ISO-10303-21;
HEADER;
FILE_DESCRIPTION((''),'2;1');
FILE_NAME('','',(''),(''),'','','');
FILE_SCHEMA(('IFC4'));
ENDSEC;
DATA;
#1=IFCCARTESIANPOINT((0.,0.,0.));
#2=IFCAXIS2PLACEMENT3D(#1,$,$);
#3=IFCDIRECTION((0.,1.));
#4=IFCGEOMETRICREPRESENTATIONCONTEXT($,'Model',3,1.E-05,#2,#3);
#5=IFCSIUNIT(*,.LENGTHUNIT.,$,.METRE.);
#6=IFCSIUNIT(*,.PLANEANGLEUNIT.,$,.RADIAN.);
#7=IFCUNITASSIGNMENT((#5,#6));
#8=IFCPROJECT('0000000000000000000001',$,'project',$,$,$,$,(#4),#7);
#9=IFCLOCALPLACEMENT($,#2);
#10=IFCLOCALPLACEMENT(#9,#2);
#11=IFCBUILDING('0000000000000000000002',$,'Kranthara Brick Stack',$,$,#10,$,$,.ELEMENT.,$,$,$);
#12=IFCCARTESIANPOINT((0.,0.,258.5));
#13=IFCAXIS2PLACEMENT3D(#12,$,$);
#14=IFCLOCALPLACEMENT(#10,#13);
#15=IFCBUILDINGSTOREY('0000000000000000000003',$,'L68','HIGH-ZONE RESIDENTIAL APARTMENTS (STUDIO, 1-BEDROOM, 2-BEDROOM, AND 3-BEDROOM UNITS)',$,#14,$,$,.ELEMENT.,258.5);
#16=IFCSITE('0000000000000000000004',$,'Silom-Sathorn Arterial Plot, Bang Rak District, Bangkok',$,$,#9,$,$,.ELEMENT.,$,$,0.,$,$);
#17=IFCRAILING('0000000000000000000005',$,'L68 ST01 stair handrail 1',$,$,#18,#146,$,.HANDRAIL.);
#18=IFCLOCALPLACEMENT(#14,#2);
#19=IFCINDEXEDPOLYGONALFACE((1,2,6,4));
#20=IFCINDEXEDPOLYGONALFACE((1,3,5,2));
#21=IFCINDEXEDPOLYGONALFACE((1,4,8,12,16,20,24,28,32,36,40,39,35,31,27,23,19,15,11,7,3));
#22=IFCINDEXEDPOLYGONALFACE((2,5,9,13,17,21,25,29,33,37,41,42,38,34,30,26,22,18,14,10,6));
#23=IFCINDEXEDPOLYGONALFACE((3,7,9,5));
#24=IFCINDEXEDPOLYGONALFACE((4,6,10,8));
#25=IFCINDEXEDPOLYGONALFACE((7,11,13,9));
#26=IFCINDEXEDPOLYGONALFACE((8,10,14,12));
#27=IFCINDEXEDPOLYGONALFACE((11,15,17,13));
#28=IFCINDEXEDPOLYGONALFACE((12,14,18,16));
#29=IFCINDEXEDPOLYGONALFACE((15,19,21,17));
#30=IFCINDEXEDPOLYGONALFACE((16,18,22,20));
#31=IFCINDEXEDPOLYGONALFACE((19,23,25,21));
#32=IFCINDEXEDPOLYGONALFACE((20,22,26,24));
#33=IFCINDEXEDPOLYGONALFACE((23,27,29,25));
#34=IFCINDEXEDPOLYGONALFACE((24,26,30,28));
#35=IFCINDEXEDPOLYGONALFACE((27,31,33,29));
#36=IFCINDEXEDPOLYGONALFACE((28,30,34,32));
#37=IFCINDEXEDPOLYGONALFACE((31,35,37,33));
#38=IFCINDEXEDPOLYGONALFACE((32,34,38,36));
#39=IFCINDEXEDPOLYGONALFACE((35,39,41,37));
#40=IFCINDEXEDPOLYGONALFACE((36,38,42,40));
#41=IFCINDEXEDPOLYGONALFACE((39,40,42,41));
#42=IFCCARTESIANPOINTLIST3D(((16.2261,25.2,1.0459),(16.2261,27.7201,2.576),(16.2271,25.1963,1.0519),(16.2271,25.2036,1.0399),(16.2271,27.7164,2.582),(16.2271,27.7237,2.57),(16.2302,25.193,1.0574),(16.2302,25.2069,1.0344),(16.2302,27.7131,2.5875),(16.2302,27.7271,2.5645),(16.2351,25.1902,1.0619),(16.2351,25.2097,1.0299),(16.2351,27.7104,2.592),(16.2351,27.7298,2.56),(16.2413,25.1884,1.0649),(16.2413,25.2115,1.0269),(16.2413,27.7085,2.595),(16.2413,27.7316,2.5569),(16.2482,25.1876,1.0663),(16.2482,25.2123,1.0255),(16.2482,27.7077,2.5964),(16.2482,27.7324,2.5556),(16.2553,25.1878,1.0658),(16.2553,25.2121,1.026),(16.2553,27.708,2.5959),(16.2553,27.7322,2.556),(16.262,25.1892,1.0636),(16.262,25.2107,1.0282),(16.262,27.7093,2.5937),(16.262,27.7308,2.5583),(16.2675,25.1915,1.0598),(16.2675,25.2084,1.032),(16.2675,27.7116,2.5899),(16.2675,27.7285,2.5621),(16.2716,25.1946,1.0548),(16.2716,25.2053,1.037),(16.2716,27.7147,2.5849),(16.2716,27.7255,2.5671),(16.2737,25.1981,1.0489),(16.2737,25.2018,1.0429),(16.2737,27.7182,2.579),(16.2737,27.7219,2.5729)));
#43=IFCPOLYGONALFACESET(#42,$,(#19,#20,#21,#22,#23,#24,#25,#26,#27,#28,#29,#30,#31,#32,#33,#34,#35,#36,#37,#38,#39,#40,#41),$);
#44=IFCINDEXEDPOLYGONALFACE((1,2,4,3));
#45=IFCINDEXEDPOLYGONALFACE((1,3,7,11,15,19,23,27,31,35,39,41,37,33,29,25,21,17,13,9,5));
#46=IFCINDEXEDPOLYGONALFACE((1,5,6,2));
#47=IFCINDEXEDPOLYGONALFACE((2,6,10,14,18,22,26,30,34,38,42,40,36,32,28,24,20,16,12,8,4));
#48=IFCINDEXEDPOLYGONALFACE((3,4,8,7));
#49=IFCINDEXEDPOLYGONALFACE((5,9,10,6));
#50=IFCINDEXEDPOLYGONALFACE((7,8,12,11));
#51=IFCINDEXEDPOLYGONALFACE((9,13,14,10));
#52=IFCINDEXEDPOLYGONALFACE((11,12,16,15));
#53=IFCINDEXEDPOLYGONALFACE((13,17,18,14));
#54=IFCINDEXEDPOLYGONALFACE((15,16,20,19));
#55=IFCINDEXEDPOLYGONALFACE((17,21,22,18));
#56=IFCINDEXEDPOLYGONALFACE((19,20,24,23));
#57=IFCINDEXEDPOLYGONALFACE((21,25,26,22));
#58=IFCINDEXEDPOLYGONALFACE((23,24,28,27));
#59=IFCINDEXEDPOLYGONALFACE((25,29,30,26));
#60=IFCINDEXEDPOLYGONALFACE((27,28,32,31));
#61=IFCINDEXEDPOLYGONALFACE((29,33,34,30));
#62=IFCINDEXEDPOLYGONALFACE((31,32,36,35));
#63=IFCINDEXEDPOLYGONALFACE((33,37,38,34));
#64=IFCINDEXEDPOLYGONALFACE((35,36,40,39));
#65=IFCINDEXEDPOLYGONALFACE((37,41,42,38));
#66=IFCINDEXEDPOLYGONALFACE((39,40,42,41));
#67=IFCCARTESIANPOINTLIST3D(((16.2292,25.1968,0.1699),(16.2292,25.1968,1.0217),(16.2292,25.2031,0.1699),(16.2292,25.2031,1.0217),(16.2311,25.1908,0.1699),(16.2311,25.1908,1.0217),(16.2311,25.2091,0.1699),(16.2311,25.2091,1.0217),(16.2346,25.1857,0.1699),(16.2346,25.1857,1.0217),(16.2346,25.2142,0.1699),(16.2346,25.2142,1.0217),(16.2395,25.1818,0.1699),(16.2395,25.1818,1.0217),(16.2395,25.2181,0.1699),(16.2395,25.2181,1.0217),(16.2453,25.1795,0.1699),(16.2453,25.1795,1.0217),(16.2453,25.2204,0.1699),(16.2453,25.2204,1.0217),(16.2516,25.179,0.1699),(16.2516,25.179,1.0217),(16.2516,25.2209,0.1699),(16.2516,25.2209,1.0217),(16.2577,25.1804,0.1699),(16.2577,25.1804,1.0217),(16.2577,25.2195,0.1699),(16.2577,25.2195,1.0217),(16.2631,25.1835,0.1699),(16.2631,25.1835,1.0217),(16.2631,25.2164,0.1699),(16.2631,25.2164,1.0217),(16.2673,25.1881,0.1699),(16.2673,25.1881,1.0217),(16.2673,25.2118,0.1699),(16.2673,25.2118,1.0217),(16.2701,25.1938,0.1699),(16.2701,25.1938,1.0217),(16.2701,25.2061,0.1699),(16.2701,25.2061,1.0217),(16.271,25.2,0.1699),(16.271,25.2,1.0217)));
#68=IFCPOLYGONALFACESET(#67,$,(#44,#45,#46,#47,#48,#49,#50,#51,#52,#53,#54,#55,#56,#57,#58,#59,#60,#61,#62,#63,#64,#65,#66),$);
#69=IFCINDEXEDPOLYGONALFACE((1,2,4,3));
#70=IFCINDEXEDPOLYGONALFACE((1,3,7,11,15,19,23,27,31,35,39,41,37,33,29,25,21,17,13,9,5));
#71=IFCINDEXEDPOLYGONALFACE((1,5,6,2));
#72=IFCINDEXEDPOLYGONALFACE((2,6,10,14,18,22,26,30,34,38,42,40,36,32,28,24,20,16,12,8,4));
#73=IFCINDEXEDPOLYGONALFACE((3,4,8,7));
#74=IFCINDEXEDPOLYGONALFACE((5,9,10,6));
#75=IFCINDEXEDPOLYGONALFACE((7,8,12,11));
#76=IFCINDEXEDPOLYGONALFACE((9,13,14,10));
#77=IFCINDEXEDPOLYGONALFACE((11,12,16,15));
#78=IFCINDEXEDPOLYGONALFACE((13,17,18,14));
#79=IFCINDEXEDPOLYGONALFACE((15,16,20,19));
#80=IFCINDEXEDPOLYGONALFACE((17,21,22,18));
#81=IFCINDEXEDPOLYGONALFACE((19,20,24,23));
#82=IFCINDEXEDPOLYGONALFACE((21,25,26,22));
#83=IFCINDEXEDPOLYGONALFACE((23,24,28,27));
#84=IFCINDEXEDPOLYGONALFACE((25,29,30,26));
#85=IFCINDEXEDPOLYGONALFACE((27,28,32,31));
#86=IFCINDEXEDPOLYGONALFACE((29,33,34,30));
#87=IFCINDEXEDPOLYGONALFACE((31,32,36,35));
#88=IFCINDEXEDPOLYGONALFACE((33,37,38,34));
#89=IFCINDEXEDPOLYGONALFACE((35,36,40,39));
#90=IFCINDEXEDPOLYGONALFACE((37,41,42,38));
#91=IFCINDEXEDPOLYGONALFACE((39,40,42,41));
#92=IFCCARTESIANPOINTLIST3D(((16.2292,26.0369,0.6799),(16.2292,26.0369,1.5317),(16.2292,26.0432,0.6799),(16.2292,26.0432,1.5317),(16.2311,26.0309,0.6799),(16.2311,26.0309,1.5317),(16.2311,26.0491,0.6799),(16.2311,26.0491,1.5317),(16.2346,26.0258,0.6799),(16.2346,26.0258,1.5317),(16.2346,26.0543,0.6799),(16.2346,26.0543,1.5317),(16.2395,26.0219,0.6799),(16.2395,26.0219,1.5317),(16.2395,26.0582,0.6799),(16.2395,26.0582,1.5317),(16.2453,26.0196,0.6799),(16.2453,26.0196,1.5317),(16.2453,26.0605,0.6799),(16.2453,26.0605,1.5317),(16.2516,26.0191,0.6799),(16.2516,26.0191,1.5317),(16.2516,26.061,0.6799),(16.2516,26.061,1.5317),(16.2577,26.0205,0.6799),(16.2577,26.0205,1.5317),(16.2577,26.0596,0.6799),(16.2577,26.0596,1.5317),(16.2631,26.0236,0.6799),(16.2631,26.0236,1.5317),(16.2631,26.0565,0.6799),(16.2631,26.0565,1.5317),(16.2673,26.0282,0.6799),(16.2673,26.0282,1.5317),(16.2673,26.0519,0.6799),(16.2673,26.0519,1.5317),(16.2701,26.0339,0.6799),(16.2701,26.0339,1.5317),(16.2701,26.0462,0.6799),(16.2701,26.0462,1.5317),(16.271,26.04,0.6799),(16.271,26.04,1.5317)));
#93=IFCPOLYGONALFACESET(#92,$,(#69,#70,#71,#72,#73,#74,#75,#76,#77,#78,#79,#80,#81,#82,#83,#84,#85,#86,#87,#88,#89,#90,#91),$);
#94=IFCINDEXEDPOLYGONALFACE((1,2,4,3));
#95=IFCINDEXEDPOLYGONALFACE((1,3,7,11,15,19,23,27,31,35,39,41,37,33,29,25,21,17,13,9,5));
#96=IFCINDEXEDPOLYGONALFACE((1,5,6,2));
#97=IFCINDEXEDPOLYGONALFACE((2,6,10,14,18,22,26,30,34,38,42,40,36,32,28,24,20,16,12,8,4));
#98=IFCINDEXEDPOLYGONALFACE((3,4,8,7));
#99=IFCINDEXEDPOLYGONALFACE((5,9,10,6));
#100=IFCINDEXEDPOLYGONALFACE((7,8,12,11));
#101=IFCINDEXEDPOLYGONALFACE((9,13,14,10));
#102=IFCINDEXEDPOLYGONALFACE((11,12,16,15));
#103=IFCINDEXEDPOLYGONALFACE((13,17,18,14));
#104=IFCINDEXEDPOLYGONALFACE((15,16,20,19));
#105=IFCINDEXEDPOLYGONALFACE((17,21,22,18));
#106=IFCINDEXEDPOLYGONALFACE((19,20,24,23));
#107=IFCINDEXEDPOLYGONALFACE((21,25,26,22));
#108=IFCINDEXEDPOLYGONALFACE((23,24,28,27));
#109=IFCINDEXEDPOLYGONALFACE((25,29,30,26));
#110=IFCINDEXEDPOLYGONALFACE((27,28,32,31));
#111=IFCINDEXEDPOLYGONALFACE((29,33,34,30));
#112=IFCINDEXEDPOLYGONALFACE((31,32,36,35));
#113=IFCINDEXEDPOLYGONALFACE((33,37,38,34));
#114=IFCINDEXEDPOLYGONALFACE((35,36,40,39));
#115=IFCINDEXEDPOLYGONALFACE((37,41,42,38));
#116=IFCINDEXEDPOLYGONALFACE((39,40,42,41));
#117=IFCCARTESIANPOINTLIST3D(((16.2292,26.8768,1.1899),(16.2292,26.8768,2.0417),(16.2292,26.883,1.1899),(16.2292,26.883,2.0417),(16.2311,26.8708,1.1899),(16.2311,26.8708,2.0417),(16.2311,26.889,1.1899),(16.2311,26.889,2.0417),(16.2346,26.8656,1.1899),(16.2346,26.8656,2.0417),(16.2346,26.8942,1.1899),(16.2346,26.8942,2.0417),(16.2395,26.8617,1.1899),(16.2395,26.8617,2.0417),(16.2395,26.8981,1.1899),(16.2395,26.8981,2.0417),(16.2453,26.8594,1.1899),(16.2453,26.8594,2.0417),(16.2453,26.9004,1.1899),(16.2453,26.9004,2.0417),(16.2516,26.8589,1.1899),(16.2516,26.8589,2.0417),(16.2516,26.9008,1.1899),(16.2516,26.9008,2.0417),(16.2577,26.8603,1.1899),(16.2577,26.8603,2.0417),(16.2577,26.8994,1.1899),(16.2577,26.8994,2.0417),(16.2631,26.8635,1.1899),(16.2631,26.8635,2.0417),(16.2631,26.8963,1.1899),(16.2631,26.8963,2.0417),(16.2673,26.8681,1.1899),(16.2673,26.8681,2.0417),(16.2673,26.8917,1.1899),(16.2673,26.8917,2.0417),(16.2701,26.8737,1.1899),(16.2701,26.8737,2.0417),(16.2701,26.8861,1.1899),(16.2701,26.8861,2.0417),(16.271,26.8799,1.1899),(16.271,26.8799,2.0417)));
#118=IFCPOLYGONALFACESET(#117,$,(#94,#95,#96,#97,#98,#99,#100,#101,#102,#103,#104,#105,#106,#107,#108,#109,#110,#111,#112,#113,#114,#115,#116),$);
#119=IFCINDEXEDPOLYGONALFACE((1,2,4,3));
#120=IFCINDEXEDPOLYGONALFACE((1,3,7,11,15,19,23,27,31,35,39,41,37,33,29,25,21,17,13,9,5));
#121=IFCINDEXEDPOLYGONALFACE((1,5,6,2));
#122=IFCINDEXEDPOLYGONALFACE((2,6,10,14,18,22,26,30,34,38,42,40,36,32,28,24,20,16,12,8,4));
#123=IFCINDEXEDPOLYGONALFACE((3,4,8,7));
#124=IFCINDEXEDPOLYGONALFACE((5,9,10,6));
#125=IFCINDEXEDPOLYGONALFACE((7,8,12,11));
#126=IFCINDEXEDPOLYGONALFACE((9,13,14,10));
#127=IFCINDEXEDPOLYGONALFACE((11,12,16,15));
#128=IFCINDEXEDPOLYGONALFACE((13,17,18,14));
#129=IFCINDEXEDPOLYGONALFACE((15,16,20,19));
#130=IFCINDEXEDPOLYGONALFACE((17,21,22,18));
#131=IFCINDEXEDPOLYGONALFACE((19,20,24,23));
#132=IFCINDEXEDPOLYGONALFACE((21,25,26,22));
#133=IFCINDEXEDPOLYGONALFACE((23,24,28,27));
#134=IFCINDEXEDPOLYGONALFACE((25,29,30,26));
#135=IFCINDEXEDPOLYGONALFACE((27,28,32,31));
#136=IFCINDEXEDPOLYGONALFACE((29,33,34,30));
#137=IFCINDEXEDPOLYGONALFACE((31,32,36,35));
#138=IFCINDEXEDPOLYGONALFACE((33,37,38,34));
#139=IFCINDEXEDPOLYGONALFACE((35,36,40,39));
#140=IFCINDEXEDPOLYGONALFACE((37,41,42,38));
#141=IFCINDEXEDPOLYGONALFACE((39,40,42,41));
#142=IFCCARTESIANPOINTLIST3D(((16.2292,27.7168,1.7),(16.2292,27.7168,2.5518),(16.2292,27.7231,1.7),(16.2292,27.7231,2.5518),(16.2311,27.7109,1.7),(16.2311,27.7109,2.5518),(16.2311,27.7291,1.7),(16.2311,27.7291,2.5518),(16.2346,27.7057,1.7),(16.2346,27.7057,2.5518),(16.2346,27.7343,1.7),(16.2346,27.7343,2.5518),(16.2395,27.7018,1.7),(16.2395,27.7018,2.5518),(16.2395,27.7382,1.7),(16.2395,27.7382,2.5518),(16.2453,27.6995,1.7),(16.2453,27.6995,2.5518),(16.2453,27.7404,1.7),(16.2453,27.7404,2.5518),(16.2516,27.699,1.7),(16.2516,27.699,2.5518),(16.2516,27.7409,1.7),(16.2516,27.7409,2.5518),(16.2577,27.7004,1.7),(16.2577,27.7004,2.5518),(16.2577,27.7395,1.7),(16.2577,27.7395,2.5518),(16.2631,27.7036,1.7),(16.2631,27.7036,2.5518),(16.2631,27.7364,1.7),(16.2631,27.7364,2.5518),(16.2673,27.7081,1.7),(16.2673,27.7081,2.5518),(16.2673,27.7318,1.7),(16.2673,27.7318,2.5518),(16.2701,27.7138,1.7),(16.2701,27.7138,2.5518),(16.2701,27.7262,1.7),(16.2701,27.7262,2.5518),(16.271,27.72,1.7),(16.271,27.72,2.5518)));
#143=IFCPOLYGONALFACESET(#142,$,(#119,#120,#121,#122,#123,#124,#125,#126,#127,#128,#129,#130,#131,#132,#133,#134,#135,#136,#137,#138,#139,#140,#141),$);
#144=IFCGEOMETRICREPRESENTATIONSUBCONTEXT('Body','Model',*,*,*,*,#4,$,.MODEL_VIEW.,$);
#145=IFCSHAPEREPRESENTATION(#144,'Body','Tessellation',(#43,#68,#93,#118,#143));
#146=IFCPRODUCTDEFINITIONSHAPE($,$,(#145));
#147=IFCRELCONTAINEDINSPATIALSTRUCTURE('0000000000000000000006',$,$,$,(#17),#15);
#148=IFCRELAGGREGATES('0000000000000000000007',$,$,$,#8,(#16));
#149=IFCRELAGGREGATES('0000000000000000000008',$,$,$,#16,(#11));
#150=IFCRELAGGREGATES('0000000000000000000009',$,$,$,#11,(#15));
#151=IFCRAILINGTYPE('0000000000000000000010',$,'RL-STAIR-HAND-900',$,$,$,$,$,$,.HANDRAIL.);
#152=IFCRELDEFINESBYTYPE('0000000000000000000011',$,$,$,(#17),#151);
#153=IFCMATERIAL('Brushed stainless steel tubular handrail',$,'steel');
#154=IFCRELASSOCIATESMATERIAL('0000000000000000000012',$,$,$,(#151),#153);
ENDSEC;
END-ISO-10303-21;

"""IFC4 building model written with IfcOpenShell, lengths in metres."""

from ifc_helpers import new_model, si_unit, direction, frame, origin, origin_2d, place, context, subcontext, project, spatial, circle, extrude, material, type_object, element, save


model = new_model("IFC4")

# Units and contexts
model_context = context("Model", 3, precision=1e-05, world=origin(), true_north=direction((0.0, 1.0)))
body_context = subcontext(model_context, "Body", "Model", "MODEL_VIEW")
ifc_project = project(units=[si_unit("LENGTHUNIT", "METRE"), si_unit("PLANEANGLEUNIT", "RADIAN")], contexts=[model_context])

# Site, building, storey
site_placement = place(None, origin())
site = spatial("IfcSite", under=ifc_project, at=site_placement, Name="Silom-Sathorn Arterial Plot, Bang Rak District, Bangkok", CompositionType="ELEMENT", RefElevation=0.0)
building_placement = place(site_placement, origin())
building = spatial("IfcBuilding", under=site, at=building_placement, Name="Kranthara Brick Stack", CompositionType="ELEMENT")
storey_placement = place(building_placement, frame((0.0, 0.0, 258.5)))
storey = spatial("IfcBuildingStorey", under=building, at=storey_placement, Name="L68", Description="HIGH-ZONE RESIDENTIAL APARTMENTS (STUDIO, 1-BEDROOM, 2-BEDROOM, AND 3-BEDROOM UNITS)", CompositionType="ELEMENT", Elevation=258.5)

# Railing
ifc_material_1 = material(Name="Brushed stainless steel tubular handrail", Category="steel")
railing_type_1 = type_object("IfcRailingType", Name="RL-STAIR-HAND-900", PredefinedType="HANDRAIL", material=ifc_material_1)
railing_1_placement = place(storey_placement, frame((16.25, 25.2, 0.1699)))
element("IfcRailing", 1, at=railing_1_placement, inside=storey, type_object=railing_type_1, Name="L68 ST01 stair handrail 1", PredefinedType="HANDRAIL", context=body_context, shape_type="SweptSolid", body=[
    extrude(circle(Radius=0.0239, at=origin_2d()), frame((0.0, 0.0, 0.876), z_axis=(0.0, 0.854785, 0.518982), x_axis=(-1.0, 0.0, 0.0)), (0.0, 0.0, 1.0), 2.9482),
    extrude(circle(Radius=0.021, at=origin_2d()), origin(), (0.0, 0.0, 1.0), 0.8518),
    extrude(circle(Radius=0.021, at=origin_2d()), frame((0.0, 0.8401, 0.51)), (0.0, 0.0, 1.0), 0.8518),
    extrude(circle(Radius=0.021, at=origin_2d()), frame((0.0, 1.6799, 1.02)), (0.0, 0.0, 1.0), 0.8518),
    extrude(circle(Radius=0.021, at=origin_2d()), frame((0.0, 2.52, 1.53)), (0.0, 0.0, 1.0), 0.8518),
])

save(model, "model.ifc")
